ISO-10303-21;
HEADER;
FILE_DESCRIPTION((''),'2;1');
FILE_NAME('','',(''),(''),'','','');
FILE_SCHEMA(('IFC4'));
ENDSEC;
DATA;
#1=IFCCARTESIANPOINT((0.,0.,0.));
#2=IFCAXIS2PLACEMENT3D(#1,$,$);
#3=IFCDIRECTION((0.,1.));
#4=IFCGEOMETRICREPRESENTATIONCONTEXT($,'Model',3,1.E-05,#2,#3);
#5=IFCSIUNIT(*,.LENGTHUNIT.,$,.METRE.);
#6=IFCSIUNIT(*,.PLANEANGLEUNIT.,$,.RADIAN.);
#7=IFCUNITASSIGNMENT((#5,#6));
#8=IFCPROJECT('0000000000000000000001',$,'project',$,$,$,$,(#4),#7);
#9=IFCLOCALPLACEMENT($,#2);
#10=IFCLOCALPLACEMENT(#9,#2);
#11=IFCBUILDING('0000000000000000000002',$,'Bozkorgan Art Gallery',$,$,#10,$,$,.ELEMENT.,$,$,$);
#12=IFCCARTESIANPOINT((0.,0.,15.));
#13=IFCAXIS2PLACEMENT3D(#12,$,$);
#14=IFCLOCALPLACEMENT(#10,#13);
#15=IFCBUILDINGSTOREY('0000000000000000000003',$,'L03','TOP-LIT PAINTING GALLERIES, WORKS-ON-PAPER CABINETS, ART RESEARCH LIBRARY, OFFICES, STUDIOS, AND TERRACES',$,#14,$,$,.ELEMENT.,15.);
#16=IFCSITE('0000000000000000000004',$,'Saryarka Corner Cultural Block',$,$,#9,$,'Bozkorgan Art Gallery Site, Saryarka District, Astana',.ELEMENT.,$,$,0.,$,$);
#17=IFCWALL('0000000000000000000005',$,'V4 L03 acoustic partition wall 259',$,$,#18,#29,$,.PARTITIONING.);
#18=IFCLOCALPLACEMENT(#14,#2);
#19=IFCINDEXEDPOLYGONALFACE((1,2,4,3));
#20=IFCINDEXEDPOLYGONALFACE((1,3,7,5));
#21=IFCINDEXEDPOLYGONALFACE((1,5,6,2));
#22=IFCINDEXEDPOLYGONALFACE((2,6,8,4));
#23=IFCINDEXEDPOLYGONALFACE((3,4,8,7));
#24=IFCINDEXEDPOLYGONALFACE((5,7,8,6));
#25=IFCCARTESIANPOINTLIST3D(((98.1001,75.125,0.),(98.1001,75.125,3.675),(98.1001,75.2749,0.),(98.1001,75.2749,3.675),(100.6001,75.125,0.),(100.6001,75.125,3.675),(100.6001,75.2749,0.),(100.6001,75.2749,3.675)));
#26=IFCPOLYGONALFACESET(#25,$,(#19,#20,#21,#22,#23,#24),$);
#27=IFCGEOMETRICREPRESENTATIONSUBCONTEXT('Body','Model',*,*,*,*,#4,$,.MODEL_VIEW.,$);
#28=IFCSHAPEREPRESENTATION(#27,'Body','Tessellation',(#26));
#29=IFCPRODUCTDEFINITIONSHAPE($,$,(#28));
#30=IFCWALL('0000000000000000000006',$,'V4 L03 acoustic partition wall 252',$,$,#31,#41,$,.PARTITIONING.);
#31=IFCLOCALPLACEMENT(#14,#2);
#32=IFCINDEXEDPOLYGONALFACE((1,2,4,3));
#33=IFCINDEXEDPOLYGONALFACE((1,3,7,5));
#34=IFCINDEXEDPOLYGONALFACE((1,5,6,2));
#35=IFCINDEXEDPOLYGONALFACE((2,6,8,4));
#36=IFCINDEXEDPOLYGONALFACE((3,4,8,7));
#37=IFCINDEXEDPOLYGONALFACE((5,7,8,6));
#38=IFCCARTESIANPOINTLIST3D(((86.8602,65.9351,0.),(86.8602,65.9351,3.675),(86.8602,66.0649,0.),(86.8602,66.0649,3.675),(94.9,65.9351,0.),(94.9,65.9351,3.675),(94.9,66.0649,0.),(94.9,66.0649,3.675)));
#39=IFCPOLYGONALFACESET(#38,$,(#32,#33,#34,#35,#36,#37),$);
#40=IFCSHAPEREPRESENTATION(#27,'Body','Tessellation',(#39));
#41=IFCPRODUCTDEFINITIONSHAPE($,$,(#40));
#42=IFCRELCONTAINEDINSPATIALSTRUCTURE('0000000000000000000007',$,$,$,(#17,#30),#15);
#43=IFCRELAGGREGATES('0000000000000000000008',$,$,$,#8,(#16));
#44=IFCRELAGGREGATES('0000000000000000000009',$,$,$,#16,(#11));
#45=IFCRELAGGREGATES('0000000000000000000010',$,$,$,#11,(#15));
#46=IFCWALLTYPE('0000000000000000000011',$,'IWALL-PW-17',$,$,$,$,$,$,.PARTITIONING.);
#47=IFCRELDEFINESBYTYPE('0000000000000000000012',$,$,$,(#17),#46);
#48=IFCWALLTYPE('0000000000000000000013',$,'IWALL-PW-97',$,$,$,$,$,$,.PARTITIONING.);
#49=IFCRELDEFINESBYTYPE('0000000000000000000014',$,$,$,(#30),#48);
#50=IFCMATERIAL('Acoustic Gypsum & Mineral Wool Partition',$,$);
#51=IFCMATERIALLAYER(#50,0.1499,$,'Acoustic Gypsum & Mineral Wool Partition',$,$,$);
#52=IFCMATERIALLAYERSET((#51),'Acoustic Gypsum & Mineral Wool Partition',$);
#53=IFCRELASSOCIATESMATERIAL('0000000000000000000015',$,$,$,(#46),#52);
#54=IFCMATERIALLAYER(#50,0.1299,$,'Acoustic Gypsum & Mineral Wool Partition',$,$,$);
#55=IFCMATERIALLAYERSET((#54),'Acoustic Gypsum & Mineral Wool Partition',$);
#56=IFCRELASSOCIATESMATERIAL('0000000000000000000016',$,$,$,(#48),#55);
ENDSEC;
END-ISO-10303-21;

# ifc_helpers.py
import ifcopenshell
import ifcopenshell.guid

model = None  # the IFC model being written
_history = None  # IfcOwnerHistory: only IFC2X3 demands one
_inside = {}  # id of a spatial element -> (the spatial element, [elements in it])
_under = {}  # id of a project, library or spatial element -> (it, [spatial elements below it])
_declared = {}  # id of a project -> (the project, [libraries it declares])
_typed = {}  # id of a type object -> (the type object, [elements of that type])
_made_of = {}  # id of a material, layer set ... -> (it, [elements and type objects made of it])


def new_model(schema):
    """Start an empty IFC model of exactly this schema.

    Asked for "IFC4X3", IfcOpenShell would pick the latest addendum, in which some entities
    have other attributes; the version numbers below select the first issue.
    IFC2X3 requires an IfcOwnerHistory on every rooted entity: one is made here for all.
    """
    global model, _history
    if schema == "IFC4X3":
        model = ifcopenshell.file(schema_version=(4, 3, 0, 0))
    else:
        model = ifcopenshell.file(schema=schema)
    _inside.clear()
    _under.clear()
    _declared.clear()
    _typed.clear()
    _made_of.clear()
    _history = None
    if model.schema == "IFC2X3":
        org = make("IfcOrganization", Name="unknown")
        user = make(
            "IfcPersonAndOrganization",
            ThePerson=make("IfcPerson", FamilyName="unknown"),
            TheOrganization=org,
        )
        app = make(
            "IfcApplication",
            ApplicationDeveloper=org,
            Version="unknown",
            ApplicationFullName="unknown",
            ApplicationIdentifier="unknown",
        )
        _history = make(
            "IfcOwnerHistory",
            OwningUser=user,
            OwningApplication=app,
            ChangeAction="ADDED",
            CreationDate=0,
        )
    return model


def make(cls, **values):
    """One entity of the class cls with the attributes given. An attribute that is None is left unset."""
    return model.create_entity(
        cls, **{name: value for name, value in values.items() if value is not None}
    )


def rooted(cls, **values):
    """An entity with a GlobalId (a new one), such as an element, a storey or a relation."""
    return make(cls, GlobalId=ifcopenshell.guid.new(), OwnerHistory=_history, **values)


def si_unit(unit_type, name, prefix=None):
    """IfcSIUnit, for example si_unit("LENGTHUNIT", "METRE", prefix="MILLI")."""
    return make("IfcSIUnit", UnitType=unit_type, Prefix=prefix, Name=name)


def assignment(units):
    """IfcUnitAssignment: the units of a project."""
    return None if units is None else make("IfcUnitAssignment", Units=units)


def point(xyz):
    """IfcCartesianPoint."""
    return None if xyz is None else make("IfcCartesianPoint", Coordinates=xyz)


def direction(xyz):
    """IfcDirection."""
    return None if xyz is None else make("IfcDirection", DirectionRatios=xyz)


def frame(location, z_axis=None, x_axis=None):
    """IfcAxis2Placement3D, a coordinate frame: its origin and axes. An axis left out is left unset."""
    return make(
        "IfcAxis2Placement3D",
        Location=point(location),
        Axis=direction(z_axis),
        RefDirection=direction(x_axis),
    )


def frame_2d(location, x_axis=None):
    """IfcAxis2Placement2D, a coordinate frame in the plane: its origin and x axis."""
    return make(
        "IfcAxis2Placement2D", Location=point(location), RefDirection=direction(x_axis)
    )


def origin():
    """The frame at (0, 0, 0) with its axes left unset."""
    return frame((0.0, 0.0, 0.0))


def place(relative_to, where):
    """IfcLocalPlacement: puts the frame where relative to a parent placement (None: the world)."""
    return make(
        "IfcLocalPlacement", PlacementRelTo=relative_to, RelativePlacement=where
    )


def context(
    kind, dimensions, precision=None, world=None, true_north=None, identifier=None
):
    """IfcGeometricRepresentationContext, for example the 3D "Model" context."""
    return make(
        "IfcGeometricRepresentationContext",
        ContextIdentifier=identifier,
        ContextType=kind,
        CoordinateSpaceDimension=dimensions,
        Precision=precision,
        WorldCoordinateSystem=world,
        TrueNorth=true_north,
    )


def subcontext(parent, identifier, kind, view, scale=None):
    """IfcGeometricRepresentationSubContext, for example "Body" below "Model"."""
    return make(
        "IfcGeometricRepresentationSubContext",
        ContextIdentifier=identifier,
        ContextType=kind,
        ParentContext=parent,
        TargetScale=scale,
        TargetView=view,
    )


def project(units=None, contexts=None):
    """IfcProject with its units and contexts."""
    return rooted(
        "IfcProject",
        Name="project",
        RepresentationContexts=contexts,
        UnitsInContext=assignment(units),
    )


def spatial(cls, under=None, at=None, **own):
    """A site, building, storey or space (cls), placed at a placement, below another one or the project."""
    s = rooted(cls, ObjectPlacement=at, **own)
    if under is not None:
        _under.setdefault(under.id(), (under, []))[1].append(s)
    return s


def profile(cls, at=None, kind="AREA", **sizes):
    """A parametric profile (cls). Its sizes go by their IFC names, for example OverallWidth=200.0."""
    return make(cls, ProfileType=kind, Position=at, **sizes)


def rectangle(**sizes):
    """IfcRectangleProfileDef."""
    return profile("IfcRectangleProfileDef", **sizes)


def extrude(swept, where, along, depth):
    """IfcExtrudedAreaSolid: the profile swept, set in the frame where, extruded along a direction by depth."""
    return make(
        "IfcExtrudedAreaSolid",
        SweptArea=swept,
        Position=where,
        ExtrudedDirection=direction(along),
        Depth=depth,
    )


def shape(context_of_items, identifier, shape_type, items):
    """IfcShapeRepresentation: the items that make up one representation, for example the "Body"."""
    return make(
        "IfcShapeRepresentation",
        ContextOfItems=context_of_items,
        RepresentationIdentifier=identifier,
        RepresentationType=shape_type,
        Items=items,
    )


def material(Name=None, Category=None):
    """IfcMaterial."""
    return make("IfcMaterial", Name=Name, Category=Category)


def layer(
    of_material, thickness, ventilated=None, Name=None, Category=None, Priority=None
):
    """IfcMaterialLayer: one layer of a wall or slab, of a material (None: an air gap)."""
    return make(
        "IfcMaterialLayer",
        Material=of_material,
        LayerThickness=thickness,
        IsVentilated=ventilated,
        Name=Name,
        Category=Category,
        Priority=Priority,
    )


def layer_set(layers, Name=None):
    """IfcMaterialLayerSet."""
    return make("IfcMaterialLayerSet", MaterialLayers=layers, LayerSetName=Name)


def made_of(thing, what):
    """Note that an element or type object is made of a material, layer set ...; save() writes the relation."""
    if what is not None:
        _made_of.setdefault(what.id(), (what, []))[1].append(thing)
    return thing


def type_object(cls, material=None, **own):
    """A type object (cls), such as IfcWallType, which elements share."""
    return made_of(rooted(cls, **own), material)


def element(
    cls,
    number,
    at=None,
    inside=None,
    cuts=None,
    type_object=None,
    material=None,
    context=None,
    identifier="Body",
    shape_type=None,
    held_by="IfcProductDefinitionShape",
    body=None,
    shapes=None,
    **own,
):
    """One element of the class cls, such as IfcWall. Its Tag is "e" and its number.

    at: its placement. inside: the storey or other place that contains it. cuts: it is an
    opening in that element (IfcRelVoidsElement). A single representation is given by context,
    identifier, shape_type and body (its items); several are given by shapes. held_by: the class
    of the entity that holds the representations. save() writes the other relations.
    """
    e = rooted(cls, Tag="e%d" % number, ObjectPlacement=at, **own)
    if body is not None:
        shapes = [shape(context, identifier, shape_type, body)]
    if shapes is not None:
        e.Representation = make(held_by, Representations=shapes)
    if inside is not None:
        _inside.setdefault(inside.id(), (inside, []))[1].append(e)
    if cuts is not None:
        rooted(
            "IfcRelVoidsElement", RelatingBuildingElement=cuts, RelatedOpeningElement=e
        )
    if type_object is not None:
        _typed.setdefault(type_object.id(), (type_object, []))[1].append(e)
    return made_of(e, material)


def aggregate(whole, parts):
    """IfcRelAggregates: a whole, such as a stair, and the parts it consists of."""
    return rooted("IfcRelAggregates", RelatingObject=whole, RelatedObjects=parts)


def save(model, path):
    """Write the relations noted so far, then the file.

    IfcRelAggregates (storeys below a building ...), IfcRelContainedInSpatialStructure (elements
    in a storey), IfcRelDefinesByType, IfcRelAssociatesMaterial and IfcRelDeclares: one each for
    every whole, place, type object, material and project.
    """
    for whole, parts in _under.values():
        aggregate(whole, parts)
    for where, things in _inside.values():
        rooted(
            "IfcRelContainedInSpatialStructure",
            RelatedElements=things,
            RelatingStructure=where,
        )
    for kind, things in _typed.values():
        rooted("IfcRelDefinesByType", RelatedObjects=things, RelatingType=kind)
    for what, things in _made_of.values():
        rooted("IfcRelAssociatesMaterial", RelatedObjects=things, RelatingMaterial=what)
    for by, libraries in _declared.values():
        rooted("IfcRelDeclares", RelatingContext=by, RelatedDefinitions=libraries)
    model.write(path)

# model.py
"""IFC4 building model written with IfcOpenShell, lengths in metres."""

from ifc_helpers import new_model, si_unit, direction, frame, frame_2d, origin, place, context, subcontext, project, spatial, rectangle, extrude, material, layer, layer_set, type_object, element, save


model = new_model("IFC4")

# Units and contexts
model_context = context("Model", 3, precision=1e-05, world=origin(), true_north=direction((0.0, 1.0)))
body_context = subcontext(model_context, "Body", "Model", "MODEL_VIEW")
ifc_project = project(units=[si_unit("LENGTHUNIT", "METRE"), si_unit("PLANEANGLEUNIT", "RADIAN")], contexts=[model_context])

# Site, building, storey
site_placement = place(None, origin())
site = spatial("IfcSite", under=ifc_project, at=site_placement, Name="Saryarka Corner Cultural Block", LongName="Bozkorgan Art Gallery Site, Saryarka District, Astana", CompositionType="ELEMENT", RefElevation=0.0)
building_placement = place(site_placement, origin())
building = spatial("IfcBuilding", under=site, at=building_placement, Name="Bozkorgan Art Gallery", CompositionType="ELEMENT")
storey_placement = place(building_placement, frame((0.0, 0.0, 15.0)))
storey = spatial("IfcBuildingStorey", under=building, at=storey_placement, Name="L03", Description="TOP-LIT PAINTING GALLERIES, WORKS-ON-PAPER CABINETS, ART RESEARCH LIBRARY, OFFICES, STUDIOS, AND TERRACES", CompositionType="ELEMENT", Elevation=15.0)

# Shared definitions
ifc_material_1 = material(Name="Acoustic Gypsum & Mineral Wool Partition")

# Walls
ifc_layer_1 = layer(ifc_material_1, 0.1499, Name="Acoustic Gypsum & Mineral Wool Partition")
ifc_layer_set_1 = layer_set([ifc_layer_1], Name="Acoustic Gypsum & Mineral Wool Partition")
wall_type_1 = type_object("IfcWallType", Name="IWALL-PW-17", PredefinedType="PARTITIONING", material=ifc_layer_set_1)
wall_1_placement = place(storey_placement, frame((98.1001, 75.2, 0.0), z_axis=(0.0, 0.0, 1.0), x_axis=(1.0, 0.0, 0.0)))
element("IfcWall", 1, at=wall_1_placement, inside=storey, type_object=wall_type_1, Name="V4 L03 acoustic partition wall 259", PredefinedType="PARTITIONING", context=body_context, shape_type="SweptSolid", body=[
    extrude(rectangle(XDim=2.5, YDim=0.1499, at=frame_2d((1.25, 0.0))), origin(), (0.0, 0.0, 1.0), 3.675),
])
ifc_layer_2 = layer(ifc_material_1, 0.1299, Name="Acoustic Gypsum & Mineral Wool Partition")
ifc_layer_set_2 = layer_set([ifc_layer_2], Name="Acoustic Gypsum & Mineral Wool Partition")
wall_type_2 = type_object("IfcWallType", Name="IWALL-PW-97", PredefinedType="PARTITIONING", material=ifc_layer_set_2)
wall_2_placement = place(storey_placement, frame((86.8601, 66.0, 0.0), z_axis=(0.0, 0.0, 1.0), x_axis=(1.0, 0.0, 0.0)))
element("IfcWall", 2, at=wall_2_placement, inside=storey, type_object=wall_type_2, Name="V4 L03 acoustic partition wall 252", PredefinedType="PARTITIONING", context=body_context, shape_type="SweptSolid", body=[
    extrude(rectangle(XDim=8.0398, YDim=0.1299, at=frame_2d((4.02, 0.0))), origin(), (0.0, 0.0, 1.0), 3.675),
])

save(model, "model.ifc")
